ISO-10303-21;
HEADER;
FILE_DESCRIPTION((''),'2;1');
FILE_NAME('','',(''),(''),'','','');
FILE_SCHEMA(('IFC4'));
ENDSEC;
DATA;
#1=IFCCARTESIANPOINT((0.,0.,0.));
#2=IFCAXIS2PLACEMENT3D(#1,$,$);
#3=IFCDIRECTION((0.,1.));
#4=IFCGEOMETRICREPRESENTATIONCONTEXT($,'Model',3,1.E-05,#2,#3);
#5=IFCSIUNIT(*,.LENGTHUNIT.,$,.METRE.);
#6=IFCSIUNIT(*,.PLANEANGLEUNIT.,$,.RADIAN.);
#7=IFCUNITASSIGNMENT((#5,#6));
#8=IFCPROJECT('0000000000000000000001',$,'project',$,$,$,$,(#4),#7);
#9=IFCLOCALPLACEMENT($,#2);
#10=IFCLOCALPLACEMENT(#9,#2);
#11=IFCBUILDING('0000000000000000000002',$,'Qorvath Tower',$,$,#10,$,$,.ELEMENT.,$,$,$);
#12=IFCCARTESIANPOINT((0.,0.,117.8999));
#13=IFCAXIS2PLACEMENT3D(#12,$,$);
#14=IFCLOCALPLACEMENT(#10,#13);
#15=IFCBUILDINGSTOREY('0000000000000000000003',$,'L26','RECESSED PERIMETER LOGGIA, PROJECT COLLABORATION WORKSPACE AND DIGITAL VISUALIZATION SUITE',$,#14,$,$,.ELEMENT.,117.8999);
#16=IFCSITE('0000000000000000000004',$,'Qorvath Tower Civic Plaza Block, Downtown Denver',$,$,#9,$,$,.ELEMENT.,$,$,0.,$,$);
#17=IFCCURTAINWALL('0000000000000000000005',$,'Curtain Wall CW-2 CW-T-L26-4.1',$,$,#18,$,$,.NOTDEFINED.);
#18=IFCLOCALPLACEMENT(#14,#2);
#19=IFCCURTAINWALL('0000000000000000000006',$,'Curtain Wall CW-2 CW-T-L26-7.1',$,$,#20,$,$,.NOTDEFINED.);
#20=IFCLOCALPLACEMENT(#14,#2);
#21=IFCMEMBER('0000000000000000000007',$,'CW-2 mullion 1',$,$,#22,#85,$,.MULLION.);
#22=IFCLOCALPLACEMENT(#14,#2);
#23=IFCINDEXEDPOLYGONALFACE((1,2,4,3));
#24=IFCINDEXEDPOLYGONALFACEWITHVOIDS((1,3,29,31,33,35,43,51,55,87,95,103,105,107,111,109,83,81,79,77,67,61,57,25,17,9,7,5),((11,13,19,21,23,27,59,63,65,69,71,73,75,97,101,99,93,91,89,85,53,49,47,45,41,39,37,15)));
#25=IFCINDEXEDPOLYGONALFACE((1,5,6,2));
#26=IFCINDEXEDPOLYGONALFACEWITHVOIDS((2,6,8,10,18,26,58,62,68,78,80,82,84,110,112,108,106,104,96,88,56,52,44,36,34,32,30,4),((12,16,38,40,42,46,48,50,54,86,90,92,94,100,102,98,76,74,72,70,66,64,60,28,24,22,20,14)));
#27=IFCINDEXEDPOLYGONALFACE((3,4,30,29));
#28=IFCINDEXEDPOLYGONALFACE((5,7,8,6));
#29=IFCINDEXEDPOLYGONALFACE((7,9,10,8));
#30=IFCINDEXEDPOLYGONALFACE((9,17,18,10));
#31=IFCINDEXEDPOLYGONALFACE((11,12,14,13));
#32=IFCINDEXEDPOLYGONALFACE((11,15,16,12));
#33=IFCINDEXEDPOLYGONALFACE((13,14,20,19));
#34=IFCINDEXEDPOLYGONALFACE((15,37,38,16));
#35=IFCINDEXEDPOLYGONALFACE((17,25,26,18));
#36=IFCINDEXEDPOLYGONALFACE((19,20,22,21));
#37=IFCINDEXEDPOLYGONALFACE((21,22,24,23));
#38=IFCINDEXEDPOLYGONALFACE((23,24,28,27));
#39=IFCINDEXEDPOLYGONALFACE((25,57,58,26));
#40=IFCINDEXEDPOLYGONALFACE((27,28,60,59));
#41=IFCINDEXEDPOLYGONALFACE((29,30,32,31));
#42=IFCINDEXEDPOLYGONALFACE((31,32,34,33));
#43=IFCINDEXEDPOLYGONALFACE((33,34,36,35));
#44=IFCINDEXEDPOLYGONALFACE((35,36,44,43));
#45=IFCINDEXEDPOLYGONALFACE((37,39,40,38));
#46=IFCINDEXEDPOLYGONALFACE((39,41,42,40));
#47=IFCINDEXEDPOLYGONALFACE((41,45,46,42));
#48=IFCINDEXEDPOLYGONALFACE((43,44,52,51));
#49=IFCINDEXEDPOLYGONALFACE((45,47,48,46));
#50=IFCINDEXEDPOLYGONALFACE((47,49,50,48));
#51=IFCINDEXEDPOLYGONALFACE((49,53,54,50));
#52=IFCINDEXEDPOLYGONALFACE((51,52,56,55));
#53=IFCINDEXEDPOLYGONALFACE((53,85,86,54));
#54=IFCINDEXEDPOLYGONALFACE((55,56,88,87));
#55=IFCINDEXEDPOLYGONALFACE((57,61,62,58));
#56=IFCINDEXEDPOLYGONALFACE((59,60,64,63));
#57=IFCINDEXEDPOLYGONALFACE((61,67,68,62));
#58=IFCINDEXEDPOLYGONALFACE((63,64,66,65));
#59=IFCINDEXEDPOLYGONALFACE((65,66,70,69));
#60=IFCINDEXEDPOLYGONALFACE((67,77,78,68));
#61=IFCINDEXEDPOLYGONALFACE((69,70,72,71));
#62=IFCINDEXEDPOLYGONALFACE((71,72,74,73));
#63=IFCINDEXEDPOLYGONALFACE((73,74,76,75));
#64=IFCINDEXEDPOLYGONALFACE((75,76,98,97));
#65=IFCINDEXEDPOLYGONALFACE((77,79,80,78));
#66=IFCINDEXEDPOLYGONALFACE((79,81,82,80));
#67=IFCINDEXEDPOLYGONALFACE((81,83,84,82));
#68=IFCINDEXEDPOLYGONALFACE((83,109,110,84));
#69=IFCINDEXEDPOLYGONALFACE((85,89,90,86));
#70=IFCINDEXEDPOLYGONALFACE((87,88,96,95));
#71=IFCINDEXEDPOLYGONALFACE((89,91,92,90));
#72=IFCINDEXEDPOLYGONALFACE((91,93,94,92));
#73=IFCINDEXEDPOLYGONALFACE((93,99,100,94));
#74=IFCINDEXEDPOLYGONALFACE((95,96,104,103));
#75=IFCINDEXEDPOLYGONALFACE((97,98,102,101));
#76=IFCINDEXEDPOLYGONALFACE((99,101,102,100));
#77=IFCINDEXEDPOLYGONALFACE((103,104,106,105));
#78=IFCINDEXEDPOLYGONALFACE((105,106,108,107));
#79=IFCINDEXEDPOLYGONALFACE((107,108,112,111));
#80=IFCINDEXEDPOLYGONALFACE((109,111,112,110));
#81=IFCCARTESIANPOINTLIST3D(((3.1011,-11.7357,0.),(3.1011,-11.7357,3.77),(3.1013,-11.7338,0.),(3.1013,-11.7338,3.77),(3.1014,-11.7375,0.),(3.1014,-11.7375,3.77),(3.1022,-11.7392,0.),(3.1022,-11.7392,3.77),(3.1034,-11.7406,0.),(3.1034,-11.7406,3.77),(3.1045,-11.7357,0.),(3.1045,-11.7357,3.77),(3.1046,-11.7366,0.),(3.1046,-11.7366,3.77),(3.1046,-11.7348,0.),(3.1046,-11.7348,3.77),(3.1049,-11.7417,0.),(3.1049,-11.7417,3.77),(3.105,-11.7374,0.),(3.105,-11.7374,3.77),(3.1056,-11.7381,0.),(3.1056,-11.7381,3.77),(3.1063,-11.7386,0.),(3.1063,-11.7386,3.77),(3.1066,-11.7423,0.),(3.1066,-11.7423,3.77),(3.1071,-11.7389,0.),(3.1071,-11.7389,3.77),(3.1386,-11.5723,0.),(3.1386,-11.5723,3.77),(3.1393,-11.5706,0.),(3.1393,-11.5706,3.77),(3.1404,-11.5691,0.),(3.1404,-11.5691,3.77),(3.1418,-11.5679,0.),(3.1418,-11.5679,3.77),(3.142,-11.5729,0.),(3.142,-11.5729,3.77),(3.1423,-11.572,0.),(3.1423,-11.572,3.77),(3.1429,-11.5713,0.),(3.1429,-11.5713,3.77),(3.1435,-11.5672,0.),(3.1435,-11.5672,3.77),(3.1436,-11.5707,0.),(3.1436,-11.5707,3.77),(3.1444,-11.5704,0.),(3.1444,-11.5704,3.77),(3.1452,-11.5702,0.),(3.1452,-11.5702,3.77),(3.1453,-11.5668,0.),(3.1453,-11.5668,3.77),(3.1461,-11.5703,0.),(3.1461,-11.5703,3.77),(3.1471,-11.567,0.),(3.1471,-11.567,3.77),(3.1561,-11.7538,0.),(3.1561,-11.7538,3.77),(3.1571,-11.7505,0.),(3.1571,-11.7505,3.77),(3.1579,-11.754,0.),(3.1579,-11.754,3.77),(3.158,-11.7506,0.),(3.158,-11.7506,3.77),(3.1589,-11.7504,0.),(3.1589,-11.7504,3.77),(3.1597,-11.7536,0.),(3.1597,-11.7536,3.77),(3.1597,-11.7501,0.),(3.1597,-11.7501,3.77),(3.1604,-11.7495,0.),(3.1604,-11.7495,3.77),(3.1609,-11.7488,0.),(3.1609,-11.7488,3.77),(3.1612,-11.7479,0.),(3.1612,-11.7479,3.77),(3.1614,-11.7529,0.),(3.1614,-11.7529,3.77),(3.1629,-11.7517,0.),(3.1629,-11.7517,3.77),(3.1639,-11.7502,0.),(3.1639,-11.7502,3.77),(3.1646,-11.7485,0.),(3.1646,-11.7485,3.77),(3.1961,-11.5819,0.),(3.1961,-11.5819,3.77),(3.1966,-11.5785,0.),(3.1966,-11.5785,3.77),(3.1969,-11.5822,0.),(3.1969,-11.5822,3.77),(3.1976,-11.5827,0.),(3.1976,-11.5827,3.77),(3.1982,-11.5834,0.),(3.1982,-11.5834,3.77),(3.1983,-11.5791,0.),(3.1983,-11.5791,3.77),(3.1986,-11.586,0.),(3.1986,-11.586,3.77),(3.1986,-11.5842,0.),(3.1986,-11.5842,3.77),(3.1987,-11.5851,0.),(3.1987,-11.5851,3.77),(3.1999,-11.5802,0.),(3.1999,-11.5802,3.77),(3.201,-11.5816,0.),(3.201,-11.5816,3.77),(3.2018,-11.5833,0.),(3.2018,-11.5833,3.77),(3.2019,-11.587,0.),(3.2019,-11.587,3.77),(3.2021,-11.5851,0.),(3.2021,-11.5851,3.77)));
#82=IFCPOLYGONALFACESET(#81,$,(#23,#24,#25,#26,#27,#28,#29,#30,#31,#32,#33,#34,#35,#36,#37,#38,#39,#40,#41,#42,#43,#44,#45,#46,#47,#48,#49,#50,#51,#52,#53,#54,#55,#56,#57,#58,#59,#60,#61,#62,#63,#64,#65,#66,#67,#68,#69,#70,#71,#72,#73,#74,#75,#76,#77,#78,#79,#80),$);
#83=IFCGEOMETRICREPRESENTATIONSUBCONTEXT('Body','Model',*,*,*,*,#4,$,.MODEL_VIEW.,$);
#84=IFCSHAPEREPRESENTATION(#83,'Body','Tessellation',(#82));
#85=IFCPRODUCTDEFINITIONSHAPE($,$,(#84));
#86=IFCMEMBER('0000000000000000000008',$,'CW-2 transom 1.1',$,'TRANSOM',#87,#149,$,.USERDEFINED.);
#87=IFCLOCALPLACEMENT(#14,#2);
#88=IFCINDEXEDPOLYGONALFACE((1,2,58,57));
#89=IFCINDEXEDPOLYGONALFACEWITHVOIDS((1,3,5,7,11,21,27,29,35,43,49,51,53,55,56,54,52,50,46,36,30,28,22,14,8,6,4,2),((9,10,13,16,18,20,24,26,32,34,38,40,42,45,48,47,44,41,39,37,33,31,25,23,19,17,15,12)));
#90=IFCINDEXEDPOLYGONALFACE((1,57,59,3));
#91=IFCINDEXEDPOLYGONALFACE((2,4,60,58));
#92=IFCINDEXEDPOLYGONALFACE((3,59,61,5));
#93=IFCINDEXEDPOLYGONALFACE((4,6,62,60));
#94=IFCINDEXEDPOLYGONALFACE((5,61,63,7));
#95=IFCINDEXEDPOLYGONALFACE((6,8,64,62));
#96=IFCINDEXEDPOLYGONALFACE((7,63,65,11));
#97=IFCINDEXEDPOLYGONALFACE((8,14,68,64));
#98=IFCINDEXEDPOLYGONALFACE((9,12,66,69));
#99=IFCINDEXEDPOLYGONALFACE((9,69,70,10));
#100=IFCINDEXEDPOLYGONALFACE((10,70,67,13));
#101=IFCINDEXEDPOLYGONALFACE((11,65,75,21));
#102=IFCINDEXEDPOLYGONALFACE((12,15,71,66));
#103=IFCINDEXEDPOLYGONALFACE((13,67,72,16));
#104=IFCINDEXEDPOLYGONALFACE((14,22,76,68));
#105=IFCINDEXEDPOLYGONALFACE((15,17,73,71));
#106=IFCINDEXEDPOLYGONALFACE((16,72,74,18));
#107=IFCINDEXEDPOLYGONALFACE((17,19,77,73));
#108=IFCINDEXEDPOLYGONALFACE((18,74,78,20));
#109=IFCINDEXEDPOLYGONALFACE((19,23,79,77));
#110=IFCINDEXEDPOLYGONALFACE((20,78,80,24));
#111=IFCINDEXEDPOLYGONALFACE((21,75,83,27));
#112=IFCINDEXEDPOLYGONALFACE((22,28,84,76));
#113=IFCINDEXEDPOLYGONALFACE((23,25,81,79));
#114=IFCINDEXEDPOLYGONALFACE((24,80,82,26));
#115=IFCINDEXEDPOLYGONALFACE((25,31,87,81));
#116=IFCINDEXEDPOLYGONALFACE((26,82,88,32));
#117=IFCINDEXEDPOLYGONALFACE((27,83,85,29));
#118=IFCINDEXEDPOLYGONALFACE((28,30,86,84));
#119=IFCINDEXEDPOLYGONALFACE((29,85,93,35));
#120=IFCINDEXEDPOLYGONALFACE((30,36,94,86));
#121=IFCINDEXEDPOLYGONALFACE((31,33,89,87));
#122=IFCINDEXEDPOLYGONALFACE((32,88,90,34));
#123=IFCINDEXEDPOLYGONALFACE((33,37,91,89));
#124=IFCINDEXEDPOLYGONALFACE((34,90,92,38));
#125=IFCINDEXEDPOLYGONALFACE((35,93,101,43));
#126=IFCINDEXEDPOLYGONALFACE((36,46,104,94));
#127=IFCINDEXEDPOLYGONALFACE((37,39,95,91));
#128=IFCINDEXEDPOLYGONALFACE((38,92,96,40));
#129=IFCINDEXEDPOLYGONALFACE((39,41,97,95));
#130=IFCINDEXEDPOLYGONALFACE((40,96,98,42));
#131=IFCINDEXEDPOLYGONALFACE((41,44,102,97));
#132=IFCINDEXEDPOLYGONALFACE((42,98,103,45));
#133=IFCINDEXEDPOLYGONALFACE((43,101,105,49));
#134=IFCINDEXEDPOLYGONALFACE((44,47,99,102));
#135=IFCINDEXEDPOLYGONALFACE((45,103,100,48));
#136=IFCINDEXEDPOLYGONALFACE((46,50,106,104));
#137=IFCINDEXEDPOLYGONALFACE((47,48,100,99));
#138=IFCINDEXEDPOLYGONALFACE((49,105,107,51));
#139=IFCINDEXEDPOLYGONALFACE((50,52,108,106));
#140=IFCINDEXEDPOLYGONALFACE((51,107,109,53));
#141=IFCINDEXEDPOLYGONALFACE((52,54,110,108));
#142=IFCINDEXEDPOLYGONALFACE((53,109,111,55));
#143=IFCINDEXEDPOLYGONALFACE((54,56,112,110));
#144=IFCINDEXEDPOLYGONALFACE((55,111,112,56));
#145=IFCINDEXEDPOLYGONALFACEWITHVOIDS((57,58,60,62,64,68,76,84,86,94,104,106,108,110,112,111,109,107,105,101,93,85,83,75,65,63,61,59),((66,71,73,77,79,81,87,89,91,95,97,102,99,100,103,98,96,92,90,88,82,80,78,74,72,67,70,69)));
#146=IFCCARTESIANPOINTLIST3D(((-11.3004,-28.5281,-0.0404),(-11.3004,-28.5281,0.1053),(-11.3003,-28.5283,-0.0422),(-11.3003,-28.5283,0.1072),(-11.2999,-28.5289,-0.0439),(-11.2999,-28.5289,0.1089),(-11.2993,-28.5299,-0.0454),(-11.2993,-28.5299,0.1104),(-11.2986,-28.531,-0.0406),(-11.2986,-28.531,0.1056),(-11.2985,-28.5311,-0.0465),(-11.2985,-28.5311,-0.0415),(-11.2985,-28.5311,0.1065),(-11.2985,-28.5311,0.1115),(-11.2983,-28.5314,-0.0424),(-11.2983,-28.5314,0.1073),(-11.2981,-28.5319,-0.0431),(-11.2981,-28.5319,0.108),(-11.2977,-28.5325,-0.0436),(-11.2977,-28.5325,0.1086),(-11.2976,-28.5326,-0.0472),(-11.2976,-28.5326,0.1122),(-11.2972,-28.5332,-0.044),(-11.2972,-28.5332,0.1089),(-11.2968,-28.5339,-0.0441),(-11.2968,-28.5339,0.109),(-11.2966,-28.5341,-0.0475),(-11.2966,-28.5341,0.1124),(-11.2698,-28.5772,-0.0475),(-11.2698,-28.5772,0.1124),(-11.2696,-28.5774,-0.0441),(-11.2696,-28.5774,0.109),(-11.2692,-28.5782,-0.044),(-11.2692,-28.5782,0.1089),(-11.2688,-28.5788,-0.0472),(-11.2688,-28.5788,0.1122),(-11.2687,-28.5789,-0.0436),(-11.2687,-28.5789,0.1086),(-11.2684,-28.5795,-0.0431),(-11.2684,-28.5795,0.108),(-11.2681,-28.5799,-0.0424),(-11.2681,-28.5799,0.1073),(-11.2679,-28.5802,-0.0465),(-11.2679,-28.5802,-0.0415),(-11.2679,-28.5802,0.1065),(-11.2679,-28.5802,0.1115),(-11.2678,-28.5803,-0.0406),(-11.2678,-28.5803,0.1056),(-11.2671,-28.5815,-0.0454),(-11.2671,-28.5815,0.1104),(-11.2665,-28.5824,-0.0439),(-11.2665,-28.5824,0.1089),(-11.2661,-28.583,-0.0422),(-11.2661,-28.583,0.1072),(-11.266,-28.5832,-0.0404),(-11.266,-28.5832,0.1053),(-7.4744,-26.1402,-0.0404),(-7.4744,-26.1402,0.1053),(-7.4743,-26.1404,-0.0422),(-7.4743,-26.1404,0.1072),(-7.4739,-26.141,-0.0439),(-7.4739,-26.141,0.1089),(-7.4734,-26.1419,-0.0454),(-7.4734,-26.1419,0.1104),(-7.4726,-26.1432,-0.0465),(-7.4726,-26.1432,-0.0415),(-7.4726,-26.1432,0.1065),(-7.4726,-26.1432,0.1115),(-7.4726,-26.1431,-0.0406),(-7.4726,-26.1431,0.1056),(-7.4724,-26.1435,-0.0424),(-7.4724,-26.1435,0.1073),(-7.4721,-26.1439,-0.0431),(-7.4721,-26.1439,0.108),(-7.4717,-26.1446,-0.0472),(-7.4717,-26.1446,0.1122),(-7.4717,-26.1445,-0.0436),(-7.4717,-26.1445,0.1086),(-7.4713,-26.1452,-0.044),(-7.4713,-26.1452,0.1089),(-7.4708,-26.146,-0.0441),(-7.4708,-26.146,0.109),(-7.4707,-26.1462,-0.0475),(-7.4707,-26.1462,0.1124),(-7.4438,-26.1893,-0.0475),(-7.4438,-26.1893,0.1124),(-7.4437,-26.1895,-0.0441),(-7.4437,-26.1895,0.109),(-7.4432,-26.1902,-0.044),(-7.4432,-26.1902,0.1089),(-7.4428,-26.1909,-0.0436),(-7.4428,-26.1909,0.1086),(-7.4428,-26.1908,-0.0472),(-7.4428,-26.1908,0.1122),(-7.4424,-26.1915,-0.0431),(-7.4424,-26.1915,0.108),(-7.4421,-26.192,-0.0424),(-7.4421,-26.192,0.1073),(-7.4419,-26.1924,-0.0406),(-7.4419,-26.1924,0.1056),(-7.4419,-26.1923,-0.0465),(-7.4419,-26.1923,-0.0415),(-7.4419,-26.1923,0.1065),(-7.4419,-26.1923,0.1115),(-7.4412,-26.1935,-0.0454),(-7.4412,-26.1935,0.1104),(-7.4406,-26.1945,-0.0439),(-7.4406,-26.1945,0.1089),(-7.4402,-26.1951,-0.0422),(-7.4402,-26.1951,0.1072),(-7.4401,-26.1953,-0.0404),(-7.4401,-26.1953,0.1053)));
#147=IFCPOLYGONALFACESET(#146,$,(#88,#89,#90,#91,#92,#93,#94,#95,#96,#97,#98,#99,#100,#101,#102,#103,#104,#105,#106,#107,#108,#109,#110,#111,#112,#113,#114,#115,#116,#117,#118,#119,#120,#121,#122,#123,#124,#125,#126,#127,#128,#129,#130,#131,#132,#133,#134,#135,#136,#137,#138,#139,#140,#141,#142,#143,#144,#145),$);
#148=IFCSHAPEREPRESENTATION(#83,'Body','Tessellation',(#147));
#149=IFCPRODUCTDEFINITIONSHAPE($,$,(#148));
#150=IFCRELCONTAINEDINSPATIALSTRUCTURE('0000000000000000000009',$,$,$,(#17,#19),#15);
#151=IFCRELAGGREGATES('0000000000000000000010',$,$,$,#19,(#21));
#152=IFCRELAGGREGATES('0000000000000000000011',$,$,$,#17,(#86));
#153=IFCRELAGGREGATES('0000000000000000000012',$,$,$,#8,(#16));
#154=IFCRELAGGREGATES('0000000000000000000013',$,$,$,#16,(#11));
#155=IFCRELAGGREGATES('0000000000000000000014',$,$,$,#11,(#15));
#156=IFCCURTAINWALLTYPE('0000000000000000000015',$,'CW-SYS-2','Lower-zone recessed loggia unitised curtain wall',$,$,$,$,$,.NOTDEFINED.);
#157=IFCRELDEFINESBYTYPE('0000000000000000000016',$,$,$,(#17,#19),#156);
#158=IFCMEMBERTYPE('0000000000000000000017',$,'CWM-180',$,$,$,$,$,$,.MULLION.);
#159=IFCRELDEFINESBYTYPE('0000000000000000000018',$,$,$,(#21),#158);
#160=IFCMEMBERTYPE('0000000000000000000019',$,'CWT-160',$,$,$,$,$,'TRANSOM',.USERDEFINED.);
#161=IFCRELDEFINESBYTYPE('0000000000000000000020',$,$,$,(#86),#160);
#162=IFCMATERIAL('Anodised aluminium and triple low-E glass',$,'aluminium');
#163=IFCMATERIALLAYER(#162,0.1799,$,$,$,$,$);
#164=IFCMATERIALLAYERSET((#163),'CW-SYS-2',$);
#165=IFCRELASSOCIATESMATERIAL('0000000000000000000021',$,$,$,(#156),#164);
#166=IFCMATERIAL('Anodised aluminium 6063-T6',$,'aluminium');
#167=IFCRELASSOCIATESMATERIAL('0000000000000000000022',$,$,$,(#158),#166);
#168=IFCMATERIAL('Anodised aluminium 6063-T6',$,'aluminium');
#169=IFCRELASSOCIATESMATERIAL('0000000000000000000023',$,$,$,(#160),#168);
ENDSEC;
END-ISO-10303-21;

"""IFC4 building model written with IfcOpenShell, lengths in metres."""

from ifc_helpers import new_model, si_unit, direction, frame, origin, origin_2d, place, context, subcontext, project, spatial, hollow_rectangle, extrude, material, layer, layer_set, material_profile, profile_set, type_object, element, aggregate, save


model = new_model("IFC4")

# Units and contexts
model_context = context("Model", 3, precision=1e-05, world=origin(), true_north=direction((0.0, 1.0)))
body_context = subcontext(model_context, "Body", "Model", "MODEL_VIEW")
ifc_project = project(units=[si_unit("LENGTHUNIT", "METRE"), si_unit("PLANEANGLEUNIT", "RADIAN")], contexts=[model_context])

# Site, building, storey
site_placement = place(None, origin())
site = spatial("IfcSite", under=ifc_project, at=site_placement, Name="Qorvath Tower Civic Plaza Block, Downtown Denver", CompositionType="ELEMENT", RefElevation=0.0)
building_placement = place(site_placement, origin())
building = spatial("IfcBuilding", under=site, at=building_placement, Name="Qorvath Tower", CompositionType="ELEMENT")
storey_placement = place(building_placement, frame((0.0, 0.0, 117.8999)))
storey = spatial("IfcBuildingStorey", under=building, at=storey_placement, Name="L26", Description="RECESSED PERIMETER LOGGIA, PROJECT COLLABORATION WORKSPACE AND DIGITAL VISUALIZATION SUITE", CompositionType="ELEMENT", Elevation=117.8999)

# Curtain wall
ifc_material_1 = material(Name="Anodised aluminium and triple low-E glass", Category="aluminium")
ifc_layer_1 = layer(ifc_material_1, 0.1799)
ifc_layer_set_1 = layer_set([ifc_layer_1], Name="CW-SYS-2")
curtain_wall_type = type_object("IfcCurtainWallType", Name="CW-SYS-2", Description="Lower-zone recessed loggia unitised curtain wall", PredefinedType="NOTDEFINED", material=ifc_layer_set_1)
curtain_wall_1_placement = place(storey_placement, origin())
curtain_wall_1 = element("IfcCurtainWall", 1, at=curtain_wall_1_placement, inside=storey, type_object=curtain_wall_type, Name="Curtain Wall CW-2 CW-T-L26-4.1", PredefinedType="NOTDEFINED")
ifc_material_2 = material(Name="Anodised aluminium 6063-T6", Category="aluminium")
ifc_material_profile_1 = material_profile(ifc_material_2, hollow_rectangle(XDim=0.0649, YDim=0.1799, WallThickness=0.0034, InnerFilletRadius=0.0034, OuterFilletRadius=0.0071, at=origin_2d()), Name="CWM 180x65")
ifc_profile_set_1 = profile_set([ifc_material_profile_1], Name="Anodised aluminium 6063-T6")
member_type_1 = type_object("IfcMemberType", Name="CWM-180", PredefinedType="MULLION", material=ifc_profile_set_1)

# Curtain wall, member
curtain_wall_2_placement = place(storey_placement, origin())
curtain_wall_2 = element("IfcCurtainWall", 2, at=curtain_wall_2_placement, inside=storey, type_object=curtain_wall_type, Name="Curtain Wall CW-2 CW-T-L26-7.1", PredefinedType="NOTDEFINED")
member_1_placement = place(storey_placement, frame((3.1516, -11.6604, 0.0), z_axis=(0.0, 0.0, 1.0), x_axis=(-0.974296, 0.22527, 0.0)))
member_1 = element("IfcMember", 3, at=member_1_placement, type_object=member_type_1, Name="CW-2 mullion 1", PredefinedType="MULLION", context=body_context, shape_type="SweptSolid", body=[
    extrude(hollow_rectangle(XDim=0.0649, YDim=0.1799, WallThickness=0.0034, InnerFilletRadius=0.0034, OuterFilletRadius=0.0071, at=origin_2d()), origin(), (0.0, 0.0, 1.0), 3.77),
])

# Member
ifc_material_3 = material(Name="Anodised aluminium 6063-T6", Category="aluminium")
ifc_material_profile_2 = material_profile(ifc_material_3, hollow_rectangle(XDim=0.0649, YDim=0.1599, WallThickness=0.0034, InnerFilletRadius=0.0034, OuterFilletRadius=0.0071, at=origin_2d()), Name="CWT 160x65")
ifc_profile_set_2 = profile_set([ifc_material_profile_2], Name="Anodised aluminium 6063-T6")
member_type_2 = type_object("IfcMemberType", Name="CWT-160", ElementType="TRANSOM", PredefinedType="USERDEFINED", material=ifc_profile_set_2)
member_2_placement = place(storey_placement, frame((-11.2832, -28.5557, 0.0325), z_axis=(0.848324, 0.529478, 0.0), x_axis=(-0.529478, 0.848324, 0.0)))
member_2 = element("IfcMember", 4, at=member_2_placement, type_object=member_type_2, Name="CW-2 transom 1.1", ObjectType="TRANSOM", PredefinedType="USERDEFINED", context=body_context, shape_type="SweptSolid", body=[
    extrude(hollow_rectangle(XDim=0.0649, YDim=0.1599, WallThickness=0.0034, InnerFilletRadius=0.0034, OuterFilletRadius=0.0071, at=origin_2d()), origin(), (0.0, 0.0, 1.0), 4.51),
])
aggregate(curtain_wall_2, [member_1])

aggregate(curtain_wall_1, [member_2])

save(model, "model.ifc")
